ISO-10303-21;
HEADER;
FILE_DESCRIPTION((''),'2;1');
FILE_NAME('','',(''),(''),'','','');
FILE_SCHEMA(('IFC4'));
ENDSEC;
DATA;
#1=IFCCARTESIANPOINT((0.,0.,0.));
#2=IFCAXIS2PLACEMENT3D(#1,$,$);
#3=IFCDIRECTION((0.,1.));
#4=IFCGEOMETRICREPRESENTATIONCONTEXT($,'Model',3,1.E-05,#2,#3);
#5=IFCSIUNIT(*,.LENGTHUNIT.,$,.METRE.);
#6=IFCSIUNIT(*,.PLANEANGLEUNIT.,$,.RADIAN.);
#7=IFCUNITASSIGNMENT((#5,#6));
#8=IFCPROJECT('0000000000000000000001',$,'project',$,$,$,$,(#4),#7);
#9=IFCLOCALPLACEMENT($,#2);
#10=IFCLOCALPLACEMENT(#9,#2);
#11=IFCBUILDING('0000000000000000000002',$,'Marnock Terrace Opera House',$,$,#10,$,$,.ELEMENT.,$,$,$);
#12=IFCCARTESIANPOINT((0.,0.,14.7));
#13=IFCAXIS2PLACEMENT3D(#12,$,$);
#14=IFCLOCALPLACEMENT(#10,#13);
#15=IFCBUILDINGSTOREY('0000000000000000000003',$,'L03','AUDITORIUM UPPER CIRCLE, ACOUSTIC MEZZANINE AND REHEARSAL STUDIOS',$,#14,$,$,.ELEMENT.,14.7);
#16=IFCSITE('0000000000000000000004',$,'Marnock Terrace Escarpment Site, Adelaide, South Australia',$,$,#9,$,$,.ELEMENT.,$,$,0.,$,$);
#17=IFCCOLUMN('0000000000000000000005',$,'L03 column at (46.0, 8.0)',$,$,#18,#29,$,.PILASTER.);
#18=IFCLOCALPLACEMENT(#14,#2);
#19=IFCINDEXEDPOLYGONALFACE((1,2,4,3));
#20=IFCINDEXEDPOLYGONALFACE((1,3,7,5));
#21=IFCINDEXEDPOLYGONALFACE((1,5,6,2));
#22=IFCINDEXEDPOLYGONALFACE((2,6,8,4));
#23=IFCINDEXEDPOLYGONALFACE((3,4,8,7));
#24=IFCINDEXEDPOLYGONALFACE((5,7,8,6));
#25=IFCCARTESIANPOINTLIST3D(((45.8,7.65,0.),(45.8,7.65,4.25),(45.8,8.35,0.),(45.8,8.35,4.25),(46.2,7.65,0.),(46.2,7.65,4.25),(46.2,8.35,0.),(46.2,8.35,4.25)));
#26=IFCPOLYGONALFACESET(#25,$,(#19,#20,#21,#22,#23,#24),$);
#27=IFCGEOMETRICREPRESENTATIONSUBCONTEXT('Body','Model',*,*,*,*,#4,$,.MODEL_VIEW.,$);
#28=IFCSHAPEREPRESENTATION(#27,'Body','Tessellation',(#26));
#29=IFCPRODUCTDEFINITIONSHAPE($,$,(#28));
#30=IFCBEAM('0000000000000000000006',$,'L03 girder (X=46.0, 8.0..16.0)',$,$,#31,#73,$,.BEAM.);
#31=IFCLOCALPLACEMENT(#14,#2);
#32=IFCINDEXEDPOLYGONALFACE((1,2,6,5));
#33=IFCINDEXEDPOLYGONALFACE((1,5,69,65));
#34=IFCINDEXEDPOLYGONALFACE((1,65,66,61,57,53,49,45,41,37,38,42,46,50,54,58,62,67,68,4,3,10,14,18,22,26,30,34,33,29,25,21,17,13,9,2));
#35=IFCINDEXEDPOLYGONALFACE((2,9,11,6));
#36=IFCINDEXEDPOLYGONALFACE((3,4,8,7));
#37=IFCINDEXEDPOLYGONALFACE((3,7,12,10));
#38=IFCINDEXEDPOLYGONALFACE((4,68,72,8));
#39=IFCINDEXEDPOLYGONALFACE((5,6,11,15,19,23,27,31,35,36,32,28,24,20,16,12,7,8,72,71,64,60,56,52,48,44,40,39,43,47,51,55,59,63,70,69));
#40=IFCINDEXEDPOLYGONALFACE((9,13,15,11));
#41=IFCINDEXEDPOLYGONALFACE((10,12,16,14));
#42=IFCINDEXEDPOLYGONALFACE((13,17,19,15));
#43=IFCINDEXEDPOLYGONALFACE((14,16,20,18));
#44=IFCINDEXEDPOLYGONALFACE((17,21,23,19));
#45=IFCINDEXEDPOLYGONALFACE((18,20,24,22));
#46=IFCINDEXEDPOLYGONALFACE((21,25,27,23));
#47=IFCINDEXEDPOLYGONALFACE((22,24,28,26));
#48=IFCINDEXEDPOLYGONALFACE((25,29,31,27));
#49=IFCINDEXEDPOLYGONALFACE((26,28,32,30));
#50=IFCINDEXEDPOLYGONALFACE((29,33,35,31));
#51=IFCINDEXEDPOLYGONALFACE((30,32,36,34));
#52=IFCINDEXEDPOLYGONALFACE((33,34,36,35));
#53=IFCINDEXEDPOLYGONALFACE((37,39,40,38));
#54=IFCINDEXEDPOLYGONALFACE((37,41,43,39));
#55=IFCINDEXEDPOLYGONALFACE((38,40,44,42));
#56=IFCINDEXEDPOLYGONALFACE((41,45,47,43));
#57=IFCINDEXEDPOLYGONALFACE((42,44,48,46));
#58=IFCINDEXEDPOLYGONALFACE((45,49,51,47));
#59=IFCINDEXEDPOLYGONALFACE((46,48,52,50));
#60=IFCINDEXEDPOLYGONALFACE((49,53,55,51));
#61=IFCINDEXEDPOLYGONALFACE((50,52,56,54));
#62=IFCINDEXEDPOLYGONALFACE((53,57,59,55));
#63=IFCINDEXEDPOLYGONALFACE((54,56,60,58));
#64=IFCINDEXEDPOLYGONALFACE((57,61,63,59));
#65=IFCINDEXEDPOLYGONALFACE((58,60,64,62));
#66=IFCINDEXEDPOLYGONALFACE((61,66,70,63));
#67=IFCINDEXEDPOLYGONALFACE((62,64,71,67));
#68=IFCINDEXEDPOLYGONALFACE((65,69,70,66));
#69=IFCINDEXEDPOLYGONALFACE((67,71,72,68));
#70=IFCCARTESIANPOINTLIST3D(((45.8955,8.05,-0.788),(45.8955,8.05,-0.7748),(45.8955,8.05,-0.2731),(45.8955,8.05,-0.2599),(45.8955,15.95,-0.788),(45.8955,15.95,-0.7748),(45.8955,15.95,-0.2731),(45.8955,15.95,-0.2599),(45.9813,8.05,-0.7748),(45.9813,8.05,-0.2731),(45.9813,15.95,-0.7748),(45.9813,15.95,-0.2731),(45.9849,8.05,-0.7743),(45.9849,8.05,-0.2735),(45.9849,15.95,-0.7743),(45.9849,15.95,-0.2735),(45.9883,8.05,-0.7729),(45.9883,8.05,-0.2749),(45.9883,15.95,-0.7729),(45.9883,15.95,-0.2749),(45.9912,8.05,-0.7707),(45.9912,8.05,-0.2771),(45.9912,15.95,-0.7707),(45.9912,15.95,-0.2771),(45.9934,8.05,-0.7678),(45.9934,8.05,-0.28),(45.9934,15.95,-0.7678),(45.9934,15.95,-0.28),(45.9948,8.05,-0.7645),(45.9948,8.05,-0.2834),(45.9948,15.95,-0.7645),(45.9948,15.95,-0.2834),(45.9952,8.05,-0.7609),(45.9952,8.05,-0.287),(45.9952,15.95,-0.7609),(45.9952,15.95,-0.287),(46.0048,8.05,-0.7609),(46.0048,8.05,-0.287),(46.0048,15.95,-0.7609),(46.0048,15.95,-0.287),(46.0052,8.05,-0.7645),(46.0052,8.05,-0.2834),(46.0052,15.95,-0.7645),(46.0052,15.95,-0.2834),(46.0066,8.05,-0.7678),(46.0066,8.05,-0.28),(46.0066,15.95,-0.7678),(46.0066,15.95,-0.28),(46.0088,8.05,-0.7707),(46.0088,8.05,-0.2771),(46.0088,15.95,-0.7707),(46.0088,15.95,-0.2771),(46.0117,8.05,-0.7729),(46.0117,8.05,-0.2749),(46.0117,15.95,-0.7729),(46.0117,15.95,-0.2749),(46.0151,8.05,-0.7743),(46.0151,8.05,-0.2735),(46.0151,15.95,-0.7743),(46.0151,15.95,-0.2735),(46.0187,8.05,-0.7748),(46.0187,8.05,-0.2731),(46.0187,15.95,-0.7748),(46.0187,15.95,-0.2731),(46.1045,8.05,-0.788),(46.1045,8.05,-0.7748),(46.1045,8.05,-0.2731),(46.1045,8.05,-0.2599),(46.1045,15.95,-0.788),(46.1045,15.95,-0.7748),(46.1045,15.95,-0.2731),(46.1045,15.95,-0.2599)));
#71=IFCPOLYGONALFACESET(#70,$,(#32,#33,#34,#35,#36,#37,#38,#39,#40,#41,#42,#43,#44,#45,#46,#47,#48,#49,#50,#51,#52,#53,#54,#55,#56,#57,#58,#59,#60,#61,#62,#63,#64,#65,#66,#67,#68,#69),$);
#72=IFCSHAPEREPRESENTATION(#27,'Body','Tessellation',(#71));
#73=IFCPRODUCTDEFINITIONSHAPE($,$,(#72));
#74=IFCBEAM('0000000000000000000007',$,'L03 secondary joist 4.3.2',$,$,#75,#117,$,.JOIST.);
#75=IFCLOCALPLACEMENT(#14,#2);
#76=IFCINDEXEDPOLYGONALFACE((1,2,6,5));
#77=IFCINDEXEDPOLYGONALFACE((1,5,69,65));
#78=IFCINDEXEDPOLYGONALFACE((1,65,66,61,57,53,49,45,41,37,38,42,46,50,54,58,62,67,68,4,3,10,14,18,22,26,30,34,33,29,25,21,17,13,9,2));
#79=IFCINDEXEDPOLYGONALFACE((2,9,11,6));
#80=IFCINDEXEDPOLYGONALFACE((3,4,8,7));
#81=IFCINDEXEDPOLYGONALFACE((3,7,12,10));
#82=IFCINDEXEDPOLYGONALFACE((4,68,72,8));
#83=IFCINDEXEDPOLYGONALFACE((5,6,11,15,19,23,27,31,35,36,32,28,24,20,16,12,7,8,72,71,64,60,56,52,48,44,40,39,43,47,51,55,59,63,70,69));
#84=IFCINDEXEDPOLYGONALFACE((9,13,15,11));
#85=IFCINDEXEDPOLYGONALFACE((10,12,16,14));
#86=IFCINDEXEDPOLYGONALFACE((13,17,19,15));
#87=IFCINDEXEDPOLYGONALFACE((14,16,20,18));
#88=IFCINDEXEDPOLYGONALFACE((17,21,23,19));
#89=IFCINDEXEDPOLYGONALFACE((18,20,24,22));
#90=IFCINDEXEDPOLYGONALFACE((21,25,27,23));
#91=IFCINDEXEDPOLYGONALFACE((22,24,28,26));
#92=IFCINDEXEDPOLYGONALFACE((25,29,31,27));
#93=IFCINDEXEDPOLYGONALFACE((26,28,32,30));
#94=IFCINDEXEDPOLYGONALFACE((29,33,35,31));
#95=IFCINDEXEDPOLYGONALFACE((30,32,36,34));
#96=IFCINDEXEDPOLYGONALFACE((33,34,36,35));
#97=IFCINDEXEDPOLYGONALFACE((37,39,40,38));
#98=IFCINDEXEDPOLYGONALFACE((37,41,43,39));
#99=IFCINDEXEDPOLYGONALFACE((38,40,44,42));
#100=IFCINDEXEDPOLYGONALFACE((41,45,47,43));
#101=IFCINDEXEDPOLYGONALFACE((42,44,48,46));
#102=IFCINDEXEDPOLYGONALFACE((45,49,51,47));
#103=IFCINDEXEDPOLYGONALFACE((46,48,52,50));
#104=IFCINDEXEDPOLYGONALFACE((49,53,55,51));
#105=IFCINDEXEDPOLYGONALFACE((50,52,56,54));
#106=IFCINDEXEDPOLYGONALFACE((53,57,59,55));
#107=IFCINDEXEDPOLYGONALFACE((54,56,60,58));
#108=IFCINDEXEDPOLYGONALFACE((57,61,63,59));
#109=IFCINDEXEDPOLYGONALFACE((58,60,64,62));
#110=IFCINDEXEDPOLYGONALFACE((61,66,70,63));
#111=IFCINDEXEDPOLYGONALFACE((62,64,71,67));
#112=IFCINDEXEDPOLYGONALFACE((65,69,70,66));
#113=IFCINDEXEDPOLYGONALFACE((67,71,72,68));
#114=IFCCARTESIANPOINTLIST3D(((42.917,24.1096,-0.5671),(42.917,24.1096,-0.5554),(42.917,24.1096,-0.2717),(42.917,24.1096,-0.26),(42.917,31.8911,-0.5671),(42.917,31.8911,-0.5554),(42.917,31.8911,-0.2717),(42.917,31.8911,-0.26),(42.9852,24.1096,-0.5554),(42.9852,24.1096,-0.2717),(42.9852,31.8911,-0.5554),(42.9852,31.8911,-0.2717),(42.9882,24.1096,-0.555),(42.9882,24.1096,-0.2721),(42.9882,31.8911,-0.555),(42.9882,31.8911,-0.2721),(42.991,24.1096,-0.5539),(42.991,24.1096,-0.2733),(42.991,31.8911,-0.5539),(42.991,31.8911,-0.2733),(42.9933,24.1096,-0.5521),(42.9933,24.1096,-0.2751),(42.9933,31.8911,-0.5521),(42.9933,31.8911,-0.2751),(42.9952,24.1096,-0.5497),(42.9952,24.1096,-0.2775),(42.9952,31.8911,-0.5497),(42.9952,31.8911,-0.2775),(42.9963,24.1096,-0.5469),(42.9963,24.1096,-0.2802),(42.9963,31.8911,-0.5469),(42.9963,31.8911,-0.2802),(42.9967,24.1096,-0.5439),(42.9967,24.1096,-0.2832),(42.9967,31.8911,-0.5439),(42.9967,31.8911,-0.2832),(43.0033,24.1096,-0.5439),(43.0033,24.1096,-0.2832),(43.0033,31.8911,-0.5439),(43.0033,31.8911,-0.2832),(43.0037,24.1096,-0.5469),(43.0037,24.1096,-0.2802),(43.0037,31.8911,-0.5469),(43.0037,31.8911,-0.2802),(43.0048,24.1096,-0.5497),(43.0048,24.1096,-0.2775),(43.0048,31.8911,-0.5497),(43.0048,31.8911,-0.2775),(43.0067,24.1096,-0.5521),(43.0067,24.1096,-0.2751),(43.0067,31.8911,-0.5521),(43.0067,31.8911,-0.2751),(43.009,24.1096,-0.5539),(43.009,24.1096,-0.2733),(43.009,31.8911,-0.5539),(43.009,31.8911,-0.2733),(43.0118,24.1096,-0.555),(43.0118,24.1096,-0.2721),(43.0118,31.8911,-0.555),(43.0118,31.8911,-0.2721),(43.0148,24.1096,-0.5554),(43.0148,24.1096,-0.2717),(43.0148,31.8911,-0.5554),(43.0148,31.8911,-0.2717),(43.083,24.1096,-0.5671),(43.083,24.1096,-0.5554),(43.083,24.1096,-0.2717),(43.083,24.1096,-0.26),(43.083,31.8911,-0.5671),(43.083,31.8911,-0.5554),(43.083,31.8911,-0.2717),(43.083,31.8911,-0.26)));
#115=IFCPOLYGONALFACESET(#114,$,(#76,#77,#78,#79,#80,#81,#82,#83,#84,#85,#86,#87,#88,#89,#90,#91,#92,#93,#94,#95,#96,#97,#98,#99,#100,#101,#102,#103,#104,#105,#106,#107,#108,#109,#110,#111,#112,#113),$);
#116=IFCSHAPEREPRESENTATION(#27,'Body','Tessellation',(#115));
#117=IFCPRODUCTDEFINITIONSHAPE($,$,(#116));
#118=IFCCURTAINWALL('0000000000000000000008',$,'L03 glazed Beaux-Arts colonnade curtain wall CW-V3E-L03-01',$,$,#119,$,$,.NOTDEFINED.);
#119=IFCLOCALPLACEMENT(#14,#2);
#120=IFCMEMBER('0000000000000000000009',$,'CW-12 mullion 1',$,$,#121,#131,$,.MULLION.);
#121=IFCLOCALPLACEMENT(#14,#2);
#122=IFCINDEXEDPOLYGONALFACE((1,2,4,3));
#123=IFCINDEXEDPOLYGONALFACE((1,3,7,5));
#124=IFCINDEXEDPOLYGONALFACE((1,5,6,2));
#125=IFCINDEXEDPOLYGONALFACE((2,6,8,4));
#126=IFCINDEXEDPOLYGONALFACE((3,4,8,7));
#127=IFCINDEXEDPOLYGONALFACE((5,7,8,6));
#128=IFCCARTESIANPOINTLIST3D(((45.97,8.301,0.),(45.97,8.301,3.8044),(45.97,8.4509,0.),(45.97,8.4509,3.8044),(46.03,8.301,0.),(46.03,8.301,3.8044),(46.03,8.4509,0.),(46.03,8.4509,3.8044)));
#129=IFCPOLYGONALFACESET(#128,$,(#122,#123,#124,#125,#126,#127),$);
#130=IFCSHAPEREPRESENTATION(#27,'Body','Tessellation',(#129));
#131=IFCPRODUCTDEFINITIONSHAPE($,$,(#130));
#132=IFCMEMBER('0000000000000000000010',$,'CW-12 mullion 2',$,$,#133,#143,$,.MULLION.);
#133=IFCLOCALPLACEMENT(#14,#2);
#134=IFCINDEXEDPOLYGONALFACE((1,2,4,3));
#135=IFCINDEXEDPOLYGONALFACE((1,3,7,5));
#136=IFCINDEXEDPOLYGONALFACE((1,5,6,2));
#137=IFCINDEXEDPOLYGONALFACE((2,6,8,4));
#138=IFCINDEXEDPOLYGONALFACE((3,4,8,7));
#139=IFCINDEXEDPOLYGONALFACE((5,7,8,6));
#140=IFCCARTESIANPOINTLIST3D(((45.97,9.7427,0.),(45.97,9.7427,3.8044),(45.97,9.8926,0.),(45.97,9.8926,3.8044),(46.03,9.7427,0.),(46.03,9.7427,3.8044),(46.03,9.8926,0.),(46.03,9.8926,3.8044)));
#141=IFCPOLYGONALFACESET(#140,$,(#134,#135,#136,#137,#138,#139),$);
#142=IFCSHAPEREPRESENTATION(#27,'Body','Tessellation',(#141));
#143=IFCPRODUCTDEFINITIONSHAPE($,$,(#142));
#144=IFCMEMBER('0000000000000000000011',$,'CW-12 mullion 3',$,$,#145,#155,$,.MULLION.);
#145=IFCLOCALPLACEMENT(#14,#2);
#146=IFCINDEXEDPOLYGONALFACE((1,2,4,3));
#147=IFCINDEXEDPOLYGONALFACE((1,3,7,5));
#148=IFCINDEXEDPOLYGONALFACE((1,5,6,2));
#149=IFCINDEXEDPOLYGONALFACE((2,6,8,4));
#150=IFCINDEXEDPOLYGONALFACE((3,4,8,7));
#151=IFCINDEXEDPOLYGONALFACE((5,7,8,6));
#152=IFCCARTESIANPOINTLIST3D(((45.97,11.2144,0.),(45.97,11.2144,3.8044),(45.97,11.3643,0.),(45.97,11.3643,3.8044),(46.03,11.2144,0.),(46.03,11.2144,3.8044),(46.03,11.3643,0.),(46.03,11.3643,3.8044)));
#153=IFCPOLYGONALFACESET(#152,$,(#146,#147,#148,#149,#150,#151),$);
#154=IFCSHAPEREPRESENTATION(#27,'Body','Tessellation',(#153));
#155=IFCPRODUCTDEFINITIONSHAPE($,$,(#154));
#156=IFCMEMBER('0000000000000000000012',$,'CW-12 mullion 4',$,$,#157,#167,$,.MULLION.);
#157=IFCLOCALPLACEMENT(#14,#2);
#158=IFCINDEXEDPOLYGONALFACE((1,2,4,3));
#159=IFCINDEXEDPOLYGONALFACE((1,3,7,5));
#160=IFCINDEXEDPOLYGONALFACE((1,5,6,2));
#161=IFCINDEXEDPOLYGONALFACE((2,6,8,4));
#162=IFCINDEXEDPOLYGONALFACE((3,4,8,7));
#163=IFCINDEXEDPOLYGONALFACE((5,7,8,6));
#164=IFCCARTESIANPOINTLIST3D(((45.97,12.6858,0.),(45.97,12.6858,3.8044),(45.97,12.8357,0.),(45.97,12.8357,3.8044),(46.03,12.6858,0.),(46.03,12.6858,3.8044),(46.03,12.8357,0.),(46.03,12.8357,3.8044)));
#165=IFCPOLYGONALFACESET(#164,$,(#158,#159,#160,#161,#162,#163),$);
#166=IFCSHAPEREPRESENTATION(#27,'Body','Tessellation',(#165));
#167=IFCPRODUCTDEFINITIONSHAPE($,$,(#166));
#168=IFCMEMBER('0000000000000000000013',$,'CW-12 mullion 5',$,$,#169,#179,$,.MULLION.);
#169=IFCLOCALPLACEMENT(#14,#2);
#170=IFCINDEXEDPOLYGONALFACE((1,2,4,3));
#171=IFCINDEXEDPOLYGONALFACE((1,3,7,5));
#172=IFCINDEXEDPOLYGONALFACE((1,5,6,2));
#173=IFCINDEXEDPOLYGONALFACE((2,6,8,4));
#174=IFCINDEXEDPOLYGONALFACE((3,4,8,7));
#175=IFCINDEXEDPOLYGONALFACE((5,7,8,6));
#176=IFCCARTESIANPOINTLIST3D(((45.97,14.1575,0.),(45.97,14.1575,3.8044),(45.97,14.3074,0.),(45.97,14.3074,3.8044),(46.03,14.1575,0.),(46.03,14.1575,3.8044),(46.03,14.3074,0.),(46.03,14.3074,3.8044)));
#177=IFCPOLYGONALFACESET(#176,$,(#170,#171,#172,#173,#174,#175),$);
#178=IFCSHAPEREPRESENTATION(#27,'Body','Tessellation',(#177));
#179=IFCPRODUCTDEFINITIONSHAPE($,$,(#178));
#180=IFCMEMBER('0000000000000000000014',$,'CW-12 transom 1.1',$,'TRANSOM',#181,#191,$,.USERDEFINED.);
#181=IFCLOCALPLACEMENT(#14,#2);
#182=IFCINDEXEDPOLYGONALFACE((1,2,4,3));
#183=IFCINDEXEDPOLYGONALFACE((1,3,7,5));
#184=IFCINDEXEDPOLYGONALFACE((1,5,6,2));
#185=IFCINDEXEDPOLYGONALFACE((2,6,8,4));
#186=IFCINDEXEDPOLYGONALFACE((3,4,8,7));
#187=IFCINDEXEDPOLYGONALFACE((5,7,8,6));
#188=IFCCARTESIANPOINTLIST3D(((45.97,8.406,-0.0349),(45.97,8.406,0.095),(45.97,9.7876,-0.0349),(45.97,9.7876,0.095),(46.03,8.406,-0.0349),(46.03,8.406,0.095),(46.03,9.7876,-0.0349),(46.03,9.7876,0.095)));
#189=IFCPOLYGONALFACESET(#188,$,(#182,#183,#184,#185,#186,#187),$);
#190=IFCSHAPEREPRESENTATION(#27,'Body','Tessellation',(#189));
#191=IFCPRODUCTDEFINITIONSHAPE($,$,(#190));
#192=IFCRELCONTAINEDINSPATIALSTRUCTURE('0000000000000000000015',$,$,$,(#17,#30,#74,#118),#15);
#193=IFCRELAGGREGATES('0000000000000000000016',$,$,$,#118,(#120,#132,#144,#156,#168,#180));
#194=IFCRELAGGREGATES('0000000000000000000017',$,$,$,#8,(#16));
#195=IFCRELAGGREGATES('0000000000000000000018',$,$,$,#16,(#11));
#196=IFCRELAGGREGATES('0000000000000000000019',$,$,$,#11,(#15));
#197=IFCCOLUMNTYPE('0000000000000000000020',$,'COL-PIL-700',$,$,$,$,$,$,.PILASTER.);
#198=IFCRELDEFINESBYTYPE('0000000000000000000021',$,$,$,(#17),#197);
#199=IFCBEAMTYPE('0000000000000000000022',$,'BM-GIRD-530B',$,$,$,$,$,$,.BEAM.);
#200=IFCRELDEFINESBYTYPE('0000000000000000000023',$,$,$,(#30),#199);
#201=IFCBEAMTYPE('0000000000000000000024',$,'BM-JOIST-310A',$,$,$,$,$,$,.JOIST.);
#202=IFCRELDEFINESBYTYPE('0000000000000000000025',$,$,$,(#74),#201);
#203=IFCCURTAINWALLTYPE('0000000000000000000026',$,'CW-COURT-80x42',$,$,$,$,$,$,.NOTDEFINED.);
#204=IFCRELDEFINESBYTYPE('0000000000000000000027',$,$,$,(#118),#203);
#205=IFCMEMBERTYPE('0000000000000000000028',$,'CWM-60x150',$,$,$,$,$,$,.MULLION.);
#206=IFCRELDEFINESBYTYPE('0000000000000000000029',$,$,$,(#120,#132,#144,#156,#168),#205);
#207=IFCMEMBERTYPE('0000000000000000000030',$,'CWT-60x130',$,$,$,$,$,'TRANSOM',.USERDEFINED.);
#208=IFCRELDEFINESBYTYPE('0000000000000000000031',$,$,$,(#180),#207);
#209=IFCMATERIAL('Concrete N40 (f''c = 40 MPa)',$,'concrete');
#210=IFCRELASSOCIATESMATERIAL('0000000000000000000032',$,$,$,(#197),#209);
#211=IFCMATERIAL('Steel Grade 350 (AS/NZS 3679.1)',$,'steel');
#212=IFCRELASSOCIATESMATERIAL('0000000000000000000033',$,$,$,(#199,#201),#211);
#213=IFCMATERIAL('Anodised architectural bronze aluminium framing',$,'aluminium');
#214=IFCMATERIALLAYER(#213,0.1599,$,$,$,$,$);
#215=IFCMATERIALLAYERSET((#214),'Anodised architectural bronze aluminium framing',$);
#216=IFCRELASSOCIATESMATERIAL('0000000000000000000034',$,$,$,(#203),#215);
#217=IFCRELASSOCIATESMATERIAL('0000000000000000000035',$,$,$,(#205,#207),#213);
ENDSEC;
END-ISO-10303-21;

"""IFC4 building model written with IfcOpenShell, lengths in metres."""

from ifc_helpers import new_model, si_unit, direction, frame, origin, origin_2d, place, context, subcontext, project, spatial, rectangle, i_section, extrude, material, layer, layer_set, material_profile, profile_set, type_object, element, aggregate, save


model = new_model("IFC4")

# Units and contexts
model_context = context("Model", 3, precision=1e-05, world=origin(), true_north=direction((0.0, 1.0)))
body_context = subcontext(model_context, "Body", "Model", "MODEL_VIEW")
ifc_project = project(units=[si_unit("LENGTHUNIT", "METRE"), si_unit("PLANEANGLEUNIT", "RADIAN")], contexts=[model_context])

# Site, building, storey
site_placement = place(None, origin())
site = spatial("IfcSite", under=ifc_project, at=site_placement, Name="Marnock Terrace Escarpment Site, Adelaide, South Australia", CompositionType="ELEMENT", RefElevation=0.0)
building_placement = place(site_placement, origin())
building = spatial("IfcBuilding", under=site, at=building_placement, Name="Marnock Terrace Opera House", CompositionType="ELEMENT")
storey_placement = place(building_placement, frame((0.0, 0.0, 14.7)))
storey = spatial("IfcBuildingStorey", under=building, at=storey_placement, Name="L03", Description="AUDITORIUM UPPER CIRCLE, ACOUSTIC MEZZANINE AND REHEARSAL STUDIOS", CompositionType="ELEMENT", Elevation=14.7)

# Column
ifc_material_1 = material(Name="Concrete N40 (f'c = 40 MPa)", Category="concrete")
ifc_material_profile_1 = material_profile(ifc_material_1, rectangle(XDim=0.3999, YDim=0.7, at=origin_2d()))
ifc_profile_set_1 = profile_set([ifc_material_profile_1], Name="Concrete N40 (f'c = 40 MPa)")
column_type = type_object("IfcColumnType", Name="COL-PIL-700", PredefinedType="PILASTER", material=ifc_profile_set_1)
column_placement = place(storey_placement, frame((46.0, 8.0, 0.0), z_axis=(0.0, 0.0, 1.0), x_axis=(1.0, 0.0, 0.0)))
element("IfcColumn", 1, at=column_placement, inside=storey, type_object=column_type, Name="L03 column at (46.0, 8.0)", PredefinedType="PILASTER", context=body_context, shape_type="SweptSolid", body=[
    extrude(rectangle(XDim=0.3999, YDim=0.7, at=origin_2d()), origin(), (0.0, 0.0, 1.0), 4.25),
])

# Beams
ifc_material_2 = material(Name="Steel Grade 350 (AS/NZS 3679.1)", Category="steel")
ifc_material_profile_2 = material_profile(ifc_material_2, i_section(OverallWidth=0.209, OverallDepth=0.5281, WebThickness=0.0095, FlangeThickness=0.0132, FilletRadius=0.0139, at=origin_2d()))
ifc_profile_set_2 = profile_set([ifc_material_profile_2], Name="Steel Grade 350 (AS/NZS 3679.1)")
beam_type_1 = type_object("IfcBeamType", Name="BM-GIRD-530B", PredefinedType="BEAM", material=ifc_profile_set_2)
beam_1_placement = place(storey_placement, frame((46.0, 8.05, -0.5239), z_axis=(0.0, 1.0, 0.0), x_axis=(-1.0, 0.0, 0.0)))
element("IfcBeam", 2, at=beam_1_placement, inside=storey, type_object=beam_type_1, Name="L03 girder (X=46.0, 8.0..16.0)", PredefinedType="BEAM", context=body_context, shape_type="SweptSolid", body=[
    extrude(i_section(OverallWidth=0.209, OverallDepth=0.5281, WebThickness=0.0095, FlangeThickness=0.0132, FilletRadius=0.0139, at=origin_2d()), origin(), (0.0, 0.0, 1.0), 7.8999),
])
ifc_material_profile_3 = material_profile(ifc_material_2, i_section(OverallWidth=0.166, OverallDepth=0.3071, WebThickness=0.0066, FlangeThickness=0.0117, FilletRadius=0.0115, at=origin_2d()))
ifc_profile_set_3 = profile_set([ifc_material_profile_3], Name="Steel Grade 350 (AS/NZS 3679.1)")
beam_type_2 = type_object("IfcBeamType", Name="BM-JOIST-310A", PredefinedType="JOIST", material=ifc_profile_set_3)
beam_2_placement = place(storey_placement, frame((43.0, 24.1096, -0.4136), z_axis=(0.0, 1.0, 0.0), x_axis=(-1.0, 0.0, 0.0)))
element("IfcBeam", 3, at=beam_2_placement, inside=storey, type_object=beam_type_2, Name="L03 secondary joist 4.3.2", PredefinedType="JOIST", context=body_context, shape_type="SweptSolid", body=[
    extrude(i_section(OverallWidth=0.166, OverallDepth=0.3071, WebThickness=0.0066, FlangeThickness=0.0117, FilletRadius=0.0115, at=origin_2d()), origin(), (0.0, 0.0, 1.0), 7.7815),
])

# Curtain wall, members
ifc_material_3 = material(Name="Anodised architectural bronze aluminium framing", Category="aluminium")
ifc_layer_1 = layer(ifc_material_3, 0.1599)
ifc_layer_set_1 = layer_set([ifc_layer_1], Name="Anodised architectural bronze aluminium framing")
curtain_wall_type = type_object("IfcCurtainWallType", Name="CW-COURT-80x42", PredefinedType="NOTDEFINED", material=ifc_layer_set_1)
curtain_wall_placement = place(storey_placement, origin())
curtain_wall = element("IfcCurtainWall", 4, at=curtain_wall_placement, inside=storey, type_object=curtain_wall_type, Name="L03 glazed Beaux-Arts colonnade curtain wall CW-V3E-L03-01", PredefinedType="NOTDEFINED")
ifc_material_profile_4 = material_profile(ifc_material_3, rectangle(XDim=0.0601, YDim=0.1499, at=origin_2d()))
ifc_profile_set_4 = profile_set([ifc_material_profile_4], Name="Anodised architectural bronze aluminium framing")
member_type_1 = type_object("IfcMemberType", Name="CWM-60x150", PredefinedType="MULLION", material=ifc_profile_set_4)
member_1_placement = place(storey_placement, frame((46.0, 8.376, 0.0), z_axis=(0.0, 0.0, 1.0), x_axis=(-1.0, 0.0, 0.0)))
member_1 = element("IfcMember", 5, at=member_1_placement, type_object=member_type_1, Name="CW-12 mullion 1", PredefinedType="MULLION", context=body_context, shape_type="SweptSolid", body=[
    extrude(rectangle(XDim=0.0601, YDim=0.1499, at=origin_2d()), origin(), (0.0, 0.0, 1.0), 3.8044),
])
member_2_placement = place(storey_placement, frame((46.0, 9.8176, 0.0), z_axis=(0.0, 0.0, 1.0), x_axis=(-1.0, 0.0, 0.0)))
member_2 = element("IfcMember", 6, at=member_2_placement, type_object=member_type_1, Name="CW-12 mullion 2", PredefinedType="MULLION", context=body_context, shape_type="SweptSolid", body=[
    extrude(rectangle(XDim=0.0601, YDim=0.1499, at=origin_2d()), origin(), (0.0, 0.0, 1.0), 3.8044),
])
member_3_placement = place(storey_placement, frame((46.0, 11.2893, 0.0), z_axis=(0.0, 0.0, 1.0), x_axis=(-1.0, 0.0, 0.0)))
member_3 = element("IfcMember", 7, at=member_3_placement, type_object=member_type_1, Name="CW-12 mullion 3", PredefinedType="MULLION", context=body_context, shape_type="SweptSolid", body=[
    extrude(rectangle(XDim=0.0601, YDim=0.1499, at=origin_2d()), origin(), (0.0, 0.0, 1.0), 3.8044),
])
member_4_placement = place(storey_placement, frame((46.0, 12.7607, 0.0), z_axis=(0.0, 0.0, 1.0), x_axis=(-1.0, 0.0, 0.0)))
member_4 = element("IfcMember", 8, at=member_4_placement, type_object=member_type_1, Name="CW-12 mullion 4", PredefinedType="MULLION", context=body_context, shape_type="SweptSolid", body=[
    extrude(rectangle(XDim=0.0601, YDim=0.1499, at=origin_2d()), origin(), (0.0, 0.0, 1.0), 3.8044),
])
member_5_placement = place(storey_placement, frame((46.0, 14.2324, 0.0), z_axis=(0.0, 0.0, 1.0), x_axis=(-1.0, 0.0, 0.0)))
member_5 = element("IfcMember", 9, at=member_5_placement, type_object=member_type_1, Name="CW-12 mullion 5", PredefinedType="MULLION", context=body_context, shape_type="SweptSolid", body=[
    extrude(rectangle(XDim=0.0601, YDim=0.1499, at=origin_2d()), origin(), (0.0, 0.0, 1.0), 3.8044),
])
ifc_material_profile_5 = material_profile(ifc_material_3, rectangle(XDim=0.0601, YDim=0.1299, at=origin_2d()))
ifc_profile_set_5 = profile_set([ifc_material_profile_5], Name="Anodised architectural bronze aluminium framing")
member_type_2 = type_object("IfcMemberType", Name="CWT-60x130", ElementType="TRANSOM", PredefinedType="USERDEFINED", material=ifc_profile_set_5)
member_6_placement = place(storey_placement, frame((46.0, 8.406, 0.03), z_axis=(0.0, 1.0, 0.0), x_axis=(-1.0, 0.0, 0.0)))
member_6 = element("IfcMember", 10, at=member_6_placement, type_object=member_type_2, Name="CW-12 transom 1.1", ObjectType="TRANSOM", PredefinedType="USERDEFINED", context=body_context, shape_type="SweptSolid", body=[
    extrude(rectangle(XDim=0.0601, YDim=0.1299, at=origin_2d()), origin(), (0.0, 0.0, 1.0), 1.3816),
])
aggregate(curtain_wall, [member_1, member_2, member_3, member_4, member_5, member_6])

save(model, "model.ifc")
